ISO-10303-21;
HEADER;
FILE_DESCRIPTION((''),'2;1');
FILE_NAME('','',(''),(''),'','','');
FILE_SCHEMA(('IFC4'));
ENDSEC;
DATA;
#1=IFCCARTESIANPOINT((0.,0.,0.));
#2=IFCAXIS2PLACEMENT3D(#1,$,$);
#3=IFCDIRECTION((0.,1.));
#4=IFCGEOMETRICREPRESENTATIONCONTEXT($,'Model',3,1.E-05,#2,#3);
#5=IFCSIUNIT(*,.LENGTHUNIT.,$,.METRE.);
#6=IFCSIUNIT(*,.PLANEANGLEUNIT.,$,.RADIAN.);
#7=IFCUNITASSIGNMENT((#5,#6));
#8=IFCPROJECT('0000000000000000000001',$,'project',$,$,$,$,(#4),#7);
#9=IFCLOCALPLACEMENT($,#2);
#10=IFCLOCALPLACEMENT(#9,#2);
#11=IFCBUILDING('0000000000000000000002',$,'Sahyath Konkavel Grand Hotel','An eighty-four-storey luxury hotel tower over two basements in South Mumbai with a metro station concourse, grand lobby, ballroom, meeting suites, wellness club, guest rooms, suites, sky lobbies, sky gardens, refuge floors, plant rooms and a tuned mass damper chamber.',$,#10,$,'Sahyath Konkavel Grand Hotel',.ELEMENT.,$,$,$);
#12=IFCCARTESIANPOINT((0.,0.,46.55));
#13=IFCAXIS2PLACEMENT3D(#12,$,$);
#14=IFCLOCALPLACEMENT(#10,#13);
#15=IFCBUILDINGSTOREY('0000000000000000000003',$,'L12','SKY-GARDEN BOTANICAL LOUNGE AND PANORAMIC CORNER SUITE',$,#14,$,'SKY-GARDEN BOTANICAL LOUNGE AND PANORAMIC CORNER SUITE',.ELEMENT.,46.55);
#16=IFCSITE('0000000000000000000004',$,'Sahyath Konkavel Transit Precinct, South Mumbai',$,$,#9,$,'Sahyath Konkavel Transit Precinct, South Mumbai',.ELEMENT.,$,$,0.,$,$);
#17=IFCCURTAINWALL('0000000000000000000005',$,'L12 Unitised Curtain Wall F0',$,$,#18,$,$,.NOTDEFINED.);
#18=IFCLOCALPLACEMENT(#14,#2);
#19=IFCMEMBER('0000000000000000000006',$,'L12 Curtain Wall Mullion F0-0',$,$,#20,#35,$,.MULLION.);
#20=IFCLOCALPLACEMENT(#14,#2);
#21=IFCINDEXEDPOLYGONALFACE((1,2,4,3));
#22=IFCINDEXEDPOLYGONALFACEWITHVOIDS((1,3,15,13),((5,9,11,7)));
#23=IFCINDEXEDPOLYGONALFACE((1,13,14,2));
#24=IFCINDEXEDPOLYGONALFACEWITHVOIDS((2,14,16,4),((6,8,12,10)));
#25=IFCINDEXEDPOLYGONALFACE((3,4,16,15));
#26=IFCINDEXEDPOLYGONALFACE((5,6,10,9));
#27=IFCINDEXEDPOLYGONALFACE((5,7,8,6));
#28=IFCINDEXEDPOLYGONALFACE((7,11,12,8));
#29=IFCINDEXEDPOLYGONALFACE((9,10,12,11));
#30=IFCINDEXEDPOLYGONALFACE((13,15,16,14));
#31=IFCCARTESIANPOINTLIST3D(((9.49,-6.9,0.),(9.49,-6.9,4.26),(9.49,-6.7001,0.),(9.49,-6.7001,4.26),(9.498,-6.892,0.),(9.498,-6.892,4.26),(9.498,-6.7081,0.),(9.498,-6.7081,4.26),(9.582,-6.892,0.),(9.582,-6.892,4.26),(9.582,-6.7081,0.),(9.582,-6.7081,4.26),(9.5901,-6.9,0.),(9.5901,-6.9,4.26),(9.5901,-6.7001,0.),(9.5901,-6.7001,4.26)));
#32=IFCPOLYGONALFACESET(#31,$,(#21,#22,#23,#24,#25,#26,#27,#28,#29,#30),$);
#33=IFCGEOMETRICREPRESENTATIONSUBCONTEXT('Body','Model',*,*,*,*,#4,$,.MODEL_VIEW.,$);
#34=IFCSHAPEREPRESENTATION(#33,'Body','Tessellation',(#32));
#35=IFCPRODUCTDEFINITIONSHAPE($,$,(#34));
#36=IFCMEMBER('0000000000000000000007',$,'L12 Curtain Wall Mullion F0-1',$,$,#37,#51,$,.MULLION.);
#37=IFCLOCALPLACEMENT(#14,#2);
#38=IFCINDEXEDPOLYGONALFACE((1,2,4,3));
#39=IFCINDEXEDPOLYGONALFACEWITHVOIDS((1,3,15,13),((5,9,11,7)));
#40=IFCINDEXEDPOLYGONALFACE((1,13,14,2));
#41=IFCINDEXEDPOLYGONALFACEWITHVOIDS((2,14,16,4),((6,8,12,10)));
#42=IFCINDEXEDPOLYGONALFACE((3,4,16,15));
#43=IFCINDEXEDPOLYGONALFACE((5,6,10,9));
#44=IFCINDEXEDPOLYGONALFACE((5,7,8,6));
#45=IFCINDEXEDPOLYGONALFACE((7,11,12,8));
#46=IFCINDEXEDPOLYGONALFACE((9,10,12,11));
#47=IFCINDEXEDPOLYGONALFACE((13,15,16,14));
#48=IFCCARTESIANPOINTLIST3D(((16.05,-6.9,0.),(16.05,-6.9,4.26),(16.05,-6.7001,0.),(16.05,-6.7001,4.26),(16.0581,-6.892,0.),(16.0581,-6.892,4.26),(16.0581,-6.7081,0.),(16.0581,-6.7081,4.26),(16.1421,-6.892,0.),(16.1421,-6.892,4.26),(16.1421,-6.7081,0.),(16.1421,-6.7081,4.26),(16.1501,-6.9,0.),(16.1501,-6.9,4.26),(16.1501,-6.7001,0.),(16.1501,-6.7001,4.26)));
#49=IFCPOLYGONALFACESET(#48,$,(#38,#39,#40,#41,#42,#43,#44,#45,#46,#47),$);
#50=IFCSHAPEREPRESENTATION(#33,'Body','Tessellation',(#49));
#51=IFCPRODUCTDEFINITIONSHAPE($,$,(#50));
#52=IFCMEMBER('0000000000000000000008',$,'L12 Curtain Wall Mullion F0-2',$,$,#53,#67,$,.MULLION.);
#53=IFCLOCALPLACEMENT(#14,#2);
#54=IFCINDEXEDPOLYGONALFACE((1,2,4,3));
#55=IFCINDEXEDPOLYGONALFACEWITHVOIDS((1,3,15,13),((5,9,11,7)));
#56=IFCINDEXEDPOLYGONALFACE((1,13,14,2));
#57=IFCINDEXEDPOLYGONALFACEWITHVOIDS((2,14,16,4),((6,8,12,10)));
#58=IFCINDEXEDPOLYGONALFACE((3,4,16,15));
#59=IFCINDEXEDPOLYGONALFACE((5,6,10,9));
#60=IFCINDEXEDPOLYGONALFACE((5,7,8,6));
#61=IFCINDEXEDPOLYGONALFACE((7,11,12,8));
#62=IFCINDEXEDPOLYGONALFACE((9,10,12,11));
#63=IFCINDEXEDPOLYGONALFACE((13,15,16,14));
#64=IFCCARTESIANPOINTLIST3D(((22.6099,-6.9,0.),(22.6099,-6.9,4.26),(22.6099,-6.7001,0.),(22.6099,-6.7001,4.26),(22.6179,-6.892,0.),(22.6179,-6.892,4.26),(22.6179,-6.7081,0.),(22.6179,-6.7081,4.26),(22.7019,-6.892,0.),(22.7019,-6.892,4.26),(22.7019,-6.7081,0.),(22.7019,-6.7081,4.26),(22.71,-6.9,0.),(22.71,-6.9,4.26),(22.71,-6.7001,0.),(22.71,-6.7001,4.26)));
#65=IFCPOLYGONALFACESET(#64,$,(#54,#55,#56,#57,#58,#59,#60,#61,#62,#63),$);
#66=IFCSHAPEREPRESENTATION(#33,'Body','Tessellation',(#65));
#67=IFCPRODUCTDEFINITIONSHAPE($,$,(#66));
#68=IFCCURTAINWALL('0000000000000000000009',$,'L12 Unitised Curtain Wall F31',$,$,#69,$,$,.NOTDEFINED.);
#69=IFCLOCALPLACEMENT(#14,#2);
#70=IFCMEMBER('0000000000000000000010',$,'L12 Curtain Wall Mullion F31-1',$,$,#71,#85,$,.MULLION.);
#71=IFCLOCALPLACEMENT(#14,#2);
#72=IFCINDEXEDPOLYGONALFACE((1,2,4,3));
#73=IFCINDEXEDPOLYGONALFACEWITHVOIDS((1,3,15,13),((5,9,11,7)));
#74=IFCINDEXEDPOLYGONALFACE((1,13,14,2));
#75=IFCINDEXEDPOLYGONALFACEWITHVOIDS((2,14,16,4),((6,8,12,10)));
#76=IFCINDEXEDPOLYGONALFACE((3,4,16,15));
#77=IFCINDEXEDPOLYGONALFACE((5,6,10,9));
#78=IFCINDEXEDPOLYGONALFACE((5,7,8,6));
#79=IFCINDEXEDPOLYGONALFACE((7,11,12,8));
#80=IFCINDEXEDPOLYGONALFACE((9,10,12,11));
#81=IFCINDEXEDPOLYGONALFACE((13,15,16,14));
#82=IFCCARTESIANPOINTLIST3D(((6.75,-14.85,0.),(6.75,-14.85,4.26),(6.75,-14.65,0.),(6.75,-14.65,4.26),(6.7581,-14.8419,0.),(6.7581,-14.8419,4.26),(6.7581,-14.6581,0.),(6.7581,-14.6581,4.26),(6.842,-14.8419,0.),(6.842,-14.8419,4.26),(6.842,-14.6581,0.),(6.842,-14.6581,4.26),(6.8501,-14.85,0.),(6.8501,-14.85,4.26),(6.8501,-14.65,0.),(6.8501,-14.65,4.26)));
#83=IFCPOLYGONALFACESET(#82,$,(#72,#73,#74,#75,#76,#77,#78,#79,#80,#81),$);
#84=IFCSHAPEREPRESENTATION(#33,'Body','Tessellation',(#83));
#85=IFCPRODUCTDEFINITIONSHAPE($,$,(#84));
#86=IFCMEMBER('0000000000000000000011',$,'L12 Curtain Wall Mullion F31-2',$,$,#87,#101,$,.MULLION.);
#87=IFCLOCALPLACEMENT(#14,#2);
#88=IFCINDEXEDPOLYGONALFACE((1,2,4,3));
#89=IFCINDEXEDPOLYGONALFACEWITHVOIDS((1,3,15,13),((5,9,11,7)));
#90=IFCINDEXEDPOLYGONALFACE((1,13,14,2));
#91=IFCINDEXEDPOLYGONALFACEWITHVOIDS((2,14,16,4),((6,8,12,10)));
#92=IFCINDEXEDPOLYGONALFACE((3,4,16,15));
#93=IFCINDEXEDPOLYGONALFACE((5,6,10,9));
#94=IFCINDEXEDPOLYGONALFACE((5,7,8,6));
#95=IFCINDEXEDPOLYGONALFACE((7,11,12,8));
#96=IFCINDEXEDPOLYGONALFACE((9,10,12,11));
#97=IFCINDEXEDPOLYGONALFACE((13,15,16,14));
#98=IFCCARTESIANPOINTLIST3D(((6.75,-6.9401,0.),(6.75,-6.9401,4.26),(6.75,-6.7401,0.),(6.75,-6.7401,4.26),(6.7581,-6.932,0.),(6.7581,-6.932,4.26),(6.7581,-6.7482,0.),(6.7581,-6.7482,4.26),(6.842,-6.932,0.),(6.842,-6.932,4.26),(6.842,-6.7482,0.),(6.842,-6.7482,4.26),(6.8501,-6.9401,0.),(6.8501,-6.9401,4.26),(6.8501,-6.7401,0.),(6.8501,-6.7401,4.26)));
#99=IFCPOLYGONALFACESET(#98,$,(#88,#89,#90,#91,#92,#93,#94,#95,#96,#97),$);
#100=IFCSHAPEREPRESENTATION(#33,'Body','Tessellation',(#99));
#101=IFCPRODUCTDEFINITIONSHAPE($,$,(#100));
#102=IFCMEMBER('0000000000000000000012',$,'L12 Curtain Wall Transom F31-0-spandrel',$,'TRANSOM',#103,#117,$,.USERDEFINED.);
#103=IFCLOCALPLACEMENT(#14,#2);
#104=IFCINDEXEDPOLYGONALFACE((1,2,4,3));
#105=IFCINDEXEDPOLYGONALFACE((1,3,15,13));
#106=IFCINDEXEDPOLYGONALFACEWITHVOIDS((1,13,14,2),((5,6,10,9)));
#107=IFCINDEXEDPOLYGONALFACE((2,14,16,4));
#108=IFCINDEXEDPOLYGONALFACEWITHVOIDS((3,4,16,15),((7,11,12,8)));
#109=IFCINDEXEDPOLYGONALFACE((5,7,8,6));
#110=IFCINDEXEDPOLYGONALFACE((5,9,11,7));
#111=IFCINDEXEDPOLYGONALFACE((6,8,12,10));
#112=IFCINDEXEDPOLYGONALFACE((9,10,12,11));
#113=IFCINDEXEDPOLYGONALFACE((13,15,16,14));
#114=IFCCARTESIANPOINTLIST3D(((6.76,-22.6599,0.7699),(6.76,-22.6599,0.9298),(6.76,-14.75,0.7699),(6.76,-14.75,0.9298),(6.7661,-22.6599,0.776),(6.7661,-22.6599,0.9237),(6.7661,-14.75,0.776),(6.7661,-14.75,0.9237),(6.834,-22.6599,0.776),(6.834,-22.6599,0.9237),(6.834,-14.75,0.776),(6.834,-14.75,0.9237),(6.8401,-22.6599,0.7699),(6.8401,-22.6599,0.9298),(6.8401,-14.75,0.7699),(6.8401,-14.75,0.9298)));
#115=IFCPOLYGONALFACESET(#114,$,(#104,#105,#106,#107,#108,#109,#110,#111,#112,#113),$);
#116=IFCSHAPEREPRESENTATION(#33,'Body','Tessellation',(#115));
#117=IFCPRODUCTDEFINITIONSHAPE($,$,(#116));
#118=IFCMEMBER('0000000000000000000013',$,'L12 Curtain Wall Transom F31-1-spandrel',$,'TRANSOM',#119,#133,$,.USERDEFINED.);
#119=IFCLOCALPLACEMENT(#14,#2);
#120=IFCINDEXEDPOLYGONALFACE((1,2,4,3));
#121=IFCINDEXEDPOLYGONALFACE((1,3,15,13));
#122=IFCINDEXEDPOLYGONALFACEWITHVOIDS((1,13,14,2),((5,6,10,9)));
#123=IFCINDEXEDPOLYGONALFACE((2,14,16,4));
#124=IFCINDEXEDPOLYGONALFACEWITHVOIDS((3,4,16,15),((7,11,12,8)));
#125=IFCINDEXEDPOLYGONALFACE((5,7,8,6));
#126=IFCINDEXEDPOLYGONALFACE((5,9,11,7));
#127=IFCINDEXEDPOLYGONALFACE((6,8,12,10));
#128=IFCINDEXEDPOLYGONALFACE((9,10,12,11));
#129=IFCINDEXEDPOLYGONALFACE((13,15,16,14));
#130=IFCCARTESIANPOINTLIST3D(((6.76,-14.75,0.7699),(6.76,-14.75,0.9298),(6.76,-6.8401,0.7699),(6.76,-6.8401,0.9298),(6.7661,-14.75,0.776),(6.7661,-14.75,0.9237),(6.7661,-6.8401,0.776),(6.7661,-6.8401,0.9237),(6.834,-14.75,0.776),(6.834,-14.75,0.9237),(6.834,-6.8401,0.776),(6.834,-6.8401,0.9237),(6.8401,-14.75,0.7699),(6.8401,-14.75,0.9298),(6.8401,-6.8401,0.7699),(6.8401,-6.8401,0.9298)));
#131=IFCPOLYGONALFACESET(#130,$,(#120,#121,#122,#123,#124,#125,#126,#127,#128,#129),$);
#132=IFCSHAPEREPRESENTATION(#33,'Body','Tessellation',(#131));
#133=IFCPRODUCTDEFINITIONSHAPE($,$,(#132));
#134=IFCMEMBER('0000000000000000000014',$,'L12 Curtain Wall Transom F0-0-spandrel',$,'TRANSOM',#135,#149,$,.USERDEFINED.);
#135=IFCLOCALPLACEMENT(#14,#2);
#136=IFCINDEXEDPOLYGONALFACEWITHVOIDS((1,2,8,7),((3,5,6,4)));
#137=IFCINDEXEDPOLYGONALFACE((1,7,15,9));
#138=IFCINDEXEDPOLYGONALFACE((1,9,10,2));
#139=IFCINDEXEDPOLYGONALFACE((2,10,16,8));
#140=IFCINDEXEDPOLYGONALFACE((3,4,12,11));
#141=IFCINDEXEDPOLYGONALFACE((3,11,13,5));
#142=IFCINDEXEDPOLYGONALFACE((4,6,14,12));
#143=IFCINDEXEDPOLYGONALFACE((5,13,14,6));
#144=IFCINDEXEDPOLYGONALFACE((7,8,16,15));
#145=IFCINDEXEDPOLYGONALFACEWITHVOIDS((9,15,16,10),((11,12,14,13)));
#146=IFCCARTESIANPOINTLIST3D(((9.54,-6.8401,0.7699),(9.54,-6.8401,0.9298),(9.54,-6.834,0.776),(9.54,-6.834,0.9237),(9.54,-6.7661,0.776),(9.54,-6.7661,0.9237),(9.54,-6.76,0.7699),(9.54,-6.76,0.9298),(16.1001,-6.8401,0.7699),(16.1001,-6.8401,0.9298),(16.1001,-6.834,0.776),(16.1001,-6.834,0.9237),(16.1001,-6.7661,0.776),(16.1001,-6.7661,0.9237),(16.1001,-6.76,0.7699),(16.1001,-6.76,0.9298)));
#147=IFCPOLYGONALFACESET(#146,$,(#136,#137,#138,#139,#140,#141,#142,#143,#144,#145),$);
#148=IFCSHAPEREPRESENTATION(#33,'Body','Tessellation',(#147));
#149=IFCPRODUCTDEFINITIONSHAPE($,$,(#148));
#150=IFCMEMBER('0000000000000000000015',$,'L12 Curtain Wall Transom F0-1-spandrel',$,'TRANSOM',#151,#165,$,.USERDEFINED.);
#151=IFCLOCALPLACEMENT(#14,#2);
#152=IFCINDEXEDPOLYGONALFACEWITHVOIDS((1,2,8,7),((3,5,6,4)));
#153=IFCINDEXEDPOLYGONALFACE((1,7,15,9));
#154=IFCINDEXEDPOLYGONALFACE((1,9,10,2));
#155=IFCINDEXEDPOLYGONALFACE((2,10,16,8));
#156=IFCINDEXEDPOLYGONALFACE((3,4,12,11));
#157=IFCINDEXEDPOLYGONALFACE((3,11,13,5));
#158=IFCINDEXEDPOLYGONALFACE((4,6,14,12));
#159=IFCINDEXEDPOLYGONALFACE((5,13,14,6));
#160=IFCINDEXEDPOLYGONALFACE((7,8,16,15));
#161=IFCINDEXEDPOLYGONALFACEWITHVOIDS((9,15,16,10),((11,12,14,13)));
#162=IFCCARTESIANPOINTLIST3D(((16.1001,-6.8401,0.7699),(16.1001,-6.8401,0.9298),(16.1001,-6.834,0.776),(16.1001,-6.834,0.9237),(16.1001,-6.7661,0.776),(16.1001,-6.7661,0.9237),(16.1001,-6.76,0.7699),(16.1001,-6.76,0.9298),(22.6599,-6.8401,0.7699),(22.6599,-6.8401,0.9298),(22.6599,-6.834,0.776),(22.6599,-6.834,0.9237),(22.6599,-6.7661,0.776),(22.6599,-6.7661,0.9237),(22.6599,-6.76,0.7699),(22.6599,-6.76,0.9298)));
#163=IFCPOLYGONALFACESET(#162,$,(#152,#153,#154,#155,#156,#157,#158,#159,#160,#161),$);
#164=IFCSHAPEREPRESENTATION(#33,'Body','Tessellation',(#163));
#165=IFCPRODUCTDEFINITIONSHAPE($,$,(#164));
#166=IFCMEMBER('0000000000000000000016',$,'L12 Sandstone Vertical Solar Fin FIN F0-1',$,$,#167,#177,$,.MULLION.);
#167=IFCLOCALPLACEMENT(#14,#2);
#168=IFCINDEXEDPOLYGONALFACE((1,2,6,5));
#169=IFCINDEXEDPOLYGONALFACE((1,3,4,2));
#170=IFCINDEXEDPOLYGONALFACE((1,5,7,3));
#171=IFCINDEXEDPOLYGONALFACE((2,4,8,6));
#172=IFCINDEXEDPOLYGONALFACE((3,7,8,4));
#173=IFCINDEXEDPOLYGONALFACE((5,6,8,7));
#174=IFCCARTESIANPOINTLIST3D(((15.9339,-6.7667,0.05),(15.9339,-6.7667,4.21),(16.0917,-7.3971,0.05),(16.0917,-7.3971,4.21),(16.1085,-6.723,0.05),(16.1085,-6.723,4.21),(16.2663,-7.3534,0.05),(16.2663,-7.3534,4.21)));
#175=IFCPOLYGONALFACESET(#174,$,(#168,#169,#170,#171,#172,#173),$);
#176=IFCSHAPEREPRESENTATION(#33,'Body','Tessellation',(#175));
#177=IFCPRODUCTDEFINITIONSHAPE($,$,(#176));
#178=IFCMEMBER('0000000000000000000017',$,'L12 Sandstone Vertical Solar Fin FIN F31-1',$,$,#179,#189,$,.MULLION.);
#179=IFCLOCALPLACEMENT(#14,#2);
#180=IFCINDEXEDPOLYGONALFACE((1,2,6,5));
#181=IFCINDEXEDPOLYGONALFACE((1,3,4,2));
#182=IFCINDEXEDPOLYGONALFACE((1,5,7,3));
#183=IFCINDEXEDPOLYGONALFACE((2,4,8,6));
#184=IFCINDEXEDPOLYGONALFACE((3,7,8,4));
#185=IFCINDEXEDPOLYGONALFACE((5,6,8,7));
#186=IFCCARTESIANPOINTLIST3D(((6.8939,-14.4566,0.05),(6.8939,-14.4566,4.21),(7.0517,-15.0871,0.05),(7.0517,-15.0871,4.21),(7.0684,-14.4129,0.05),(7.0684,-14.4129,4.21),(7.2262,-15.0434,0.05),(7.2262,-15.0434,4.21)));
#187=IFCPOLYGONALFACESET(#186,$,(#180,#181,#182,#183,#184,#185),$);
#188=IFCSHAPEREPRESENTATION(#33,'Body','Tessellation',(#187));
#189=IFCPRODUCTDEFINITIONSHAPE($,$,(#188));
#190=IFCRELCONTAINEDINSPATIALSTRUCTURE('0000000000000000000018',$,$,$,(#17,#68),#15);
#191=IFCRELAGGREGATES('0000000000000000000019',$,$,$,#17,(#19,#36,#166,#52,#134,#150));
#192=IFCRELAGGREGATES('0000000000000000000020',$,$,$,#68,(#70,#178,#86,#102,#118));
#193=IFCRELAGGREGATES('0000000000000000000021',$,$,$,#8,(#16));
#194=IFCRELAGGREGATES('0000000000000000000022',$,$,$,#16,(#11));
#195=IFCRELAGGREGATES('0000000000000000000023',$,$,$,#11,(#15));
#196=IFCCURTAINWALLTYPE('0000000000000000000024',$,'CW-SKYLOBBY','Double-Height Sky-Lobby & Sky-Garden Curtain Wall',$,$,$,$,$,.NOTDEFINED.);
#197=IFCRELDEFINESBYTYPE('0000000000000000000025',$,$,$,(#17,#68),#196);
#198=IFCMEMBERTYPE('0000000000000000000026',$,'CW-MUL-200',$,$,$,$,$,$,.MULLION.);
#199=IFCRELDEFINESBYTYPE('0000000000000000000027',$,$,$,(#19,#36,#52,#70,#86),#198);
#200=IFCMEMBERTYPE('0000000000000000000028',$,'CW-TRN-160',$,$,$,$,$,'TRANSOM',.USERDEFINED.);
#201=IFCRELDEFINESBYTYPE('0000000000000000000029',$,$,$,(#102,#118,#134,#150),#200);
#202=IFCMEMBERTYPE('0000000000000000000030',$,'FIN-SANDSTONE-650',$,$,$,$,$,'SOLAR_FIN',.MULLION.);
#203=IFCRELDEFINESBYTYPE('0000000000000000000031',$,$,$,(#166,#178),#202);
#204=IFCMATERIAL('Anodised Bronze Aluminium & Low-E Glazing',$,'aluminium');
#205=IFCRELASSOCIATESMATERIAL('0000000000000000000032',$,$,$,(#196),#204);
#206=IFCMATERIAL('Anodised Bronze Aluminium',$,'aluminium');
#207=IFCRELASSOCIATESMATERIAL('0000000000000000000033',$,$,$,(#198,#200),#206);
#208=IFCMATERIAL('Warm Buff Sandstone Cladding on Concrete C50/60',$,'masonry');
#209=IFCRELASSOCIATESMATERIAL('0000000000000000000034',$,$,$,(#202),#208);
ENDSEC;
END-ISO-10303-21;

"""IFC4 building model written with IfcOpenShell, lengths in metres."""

from ifc_helpers import new_model, si_unit, direction, frame, origin, origin_2d, place, context, subcontext, project, spatial, rectangle, hollow_rectangle, extrude, source, transform, mapped, material, material_profile, profile_set, type_object, element, aggregate, save


model = new_model("IFC4")

# Units and contexts
model_context = context("Model", 3, precision=1e-05, world=origin(), true_north=direction((0.0, 1.0)))
body_context = subcontext(model_context, "Body", "Model", "MODEL_VIEW")
ifc_project = project(units=[si_unit("LENGTHUNIT", "METRE"), si_unit("PLANEANGLEUNIT", "RADIAN")], contexts=[model_context])

# Site, building, storey
site_placement = place(None, origin())
site = spatial("IfcSite", under=ifc_project, at=site_placement, Name="Sahyath Konkavel Transit Precinct, South Mumbai", LongName="Sahyath Konkavel Transit Precinct, South Mumbai", CompositionType="ELEMENT", RefElevation=0.0)
building_placement = place(site_placement, origin())
building = spatial("IfcBuilding", under=site, at=building_placement, Name="Sahyath Konkavel Grand Hotel", Description="An eighty-four-storey luxury hotel tower over two basements in South Mumbai with a metro station concourse, grand lobby, ballroom, meeting suites, wellness club, guest rooms, suites, sky lobbies, sky gardens, refuge floors, plant rooms and a tuned mass damper chamber.", LongName="Sahyath Konkavel Grand Hotel", CompositionType="ELEMENT")
storey_placement = place(building_placement, frame((0.0, 0.0, 46.55)))
storey = spatial("IfcBuildingStorey", under=building, at=storey_placement, Name="L12", Description="SKY-GARDEN BOTANICAL LOUNGE AND PANORAMIC CORNER SUITE", LongName="SKY-GARDEN BOTANICAL LOUNGE AND PANORAMIC CORNER SUITE", CompositionType="ELEMENT", Elevation=46.55)

# Curtain walls, members
ifc_material_1 = material(Name="Anodised Bronze Aluminium & Low-E Glazing", Category="aluminium")
curtain_wall_type = type_object("IfcCurtainWallType", Name="CW-SKYLOBBY", Description="Double-Height Sky-Lobby & Sky-Garden Curtain Wall", PredefinedType="NOTDEFINED", material=ifc_material_1)
curtain_wall_1_placement = place(storey_placement, origin())
curtain_wall_1 = element("IfcCurtainWall", 1, at=curtain_wall_1_placement, inside=storey, type_object=curtain_wall_type, Name="L12 Unitised Curtain Wall F0", PredefinedType="NOTDEFINED")
ifc_material_2 = material(Name="Anodised Bronze Aluminium", Category="aluminium")
ifc_material_profile_1 = material_profile(ifc_material_2, hollow_rectangle(XDim=0.1001, YDim=0.2, WallThickness=0.0081, at=origin_2d()), Name="RHS 200x100x8")
ifc_profile_set_1 = profile_set([ifc_material_profile_1], Name="Anodised Bronze Aluminium")
member_type_1 = type_object("IfcMemberType", Name="CW-MUL-200", PredefinedType="MULLION", material=ifc_profile_set_1)
shared_shape_1 = source(origin(), body_context, "Body", "SweptSolid", [
    extrude(hollow_rectangle(XDim=0.1001, YDim=0.2, WallThickness=0.0081, at=origin_2d()), origin(), (0.0, 0.0, 1.0), 4.26),
])
member_1_placement = place(storey_placement, frame((9.54, -6.8, 0.0), z_axis=(0.0, 0.0, 1.0), x_axis=(1.0, 0.0, 0.0)))
member_1 = element("IfcMember", 2, at=member_1_placement, type_object=member_type_1, Name="L12 Curtain Wall Mullion F0-0", PredefinedType="MULLION", context=body_context, shape_type="MappedRepresentation", body=[
    mapped(shared_shape_1, transform((0.0, 0.0, 0.0), scale=1.0)),
])
member_2_placement = place(storey_placement, frame((16.1001, -6.8, 0.0), z_axis=(0.0, 0.0, 1.0), x_axis=(1.0, 0.0, 0.0)))
member_2 = element("IfcMember", 3, at=member_2_placement, type_object=member_type_1, Name="L12 Curtain Wall Mullion F0-1", PredefinedType="MULLION", context=body_context, shape_type="MappedRepresentation", body=[
    mapped(shared_shape_1, transform((0.0, 0.0, 0.0), scale=1.0)),
])
member_3_placement = place(storey_placement, frame((22.6599, -6.8, 0.0), z_axis=(0.0, 0.0, 1.0), x_axis=(1.0, 0.0, 0.0)))
member_3 = element("IfcMember", 4, at=member_3_placement, type_object=member_type_1, Name="L12 Curtain Wall Mullion F0-2", PredefinedType="MULLION", context=body_context, shape_type="MappedRepresentation", body=[
    mapped(shared_shape_1, transform((0.0, 0.0, 0.0), scale=1.0)),
])
curtain_wall_2_placement = place(storey_placement, origin())
curtain_wall_2 = element("IfcCurtainWall", 5, at=curtain_wall_2_placement, inside=storey, type_object=curtain_wall_type, Name="L12 Unitised Curtain Wall F31", PredefinedType="NOTDEFINED")
member_4_placement = place(storey_placement, frame((6.8, -14.75, 0.0), z_axis=(0.0, 0.0, 1.0), x_axis=(1.0, 0.0, 0.0)))
member_4 = element("IfcMember", 6, at=member_4_placement, type_object=member_type_1, Name="L12 Curtain Wall Mullion F31-1", PredefinedType="MULLION", context=body_context, shape_type="MappedRepresentation", body=[
    mapped(shared_shape_1, transform((0.0, 0.0, 0.0), scale=1.0)),
])
member_5_placement = place(storey_placement, frame((6.8, -6.8401, 0.0), z_axis=(0.0, 0.0, 1.0), x_axis=(1.0, 0.0, 0.0)))
member_5 = element("IfcMember", 7, at=member_5_placement, type_object=member_type_1, Name="L12 Curtain Wall Mullion F31-2", PredefinedType="MULLION", context=body_context, shape_type="MappedRepresentation", body=[
    mapped(shared_shape_1, transform((0.0, 0.0, 0.0), scale=1.0)),
])
ifc_material_profile_2 = material_profile(ifc_material_2, hollow_rectangle(XDim=0.0801, YDim=0.1599, WallThickness=0.0061, at=origin_2d()), Name="RHS 160x80x6")
ifc_profile_set_2 = profile_set([ifc_material_profile_2], Name="Anodised Bronze Aluminium")
member_type_2 = type_object("IfcMemberType", Name="CW-TRN-160", ElementType="TRANSOM", PredefinedType="USERDEFINED", material=ifc_profile_set_2)
shared_shape_2 = source(origin(), body_context, "Body", "SweptSolid", [
    extrude(hollow_rectangle(XDim=0.0801, YDim=0.1599, WallThickness=0.0061, at=origin_2d()), origin(), (0.0, 0.0, 1.0), 7.9099),
])
member_6_placement = place(storey_placement, frame((6.8, -22.6599, 0.8499), z_axis=(0.0, 1.0, 0.0), x_axis=(-1.0, 0.0, 0.0)))
member_6 = element("IfcMember", 8, at=member_6_placement, type_object=member_type_2, Name="L12 Curtain Wall Transom F31-0-spandrel", ObjectType="TRANSOM", PredefinedType="USERDEFINED", context=body_context, shape_type="MappedRepresentation", body=[
    mapped(shared_shape_2, transform((0.0, 0.0, 0.0), scale=1.0)),
])
member_7_placement = place(storey_placement, frame((6.8, -14.75, 0.8499), z_axis=(0.0, 1.0, 0.0), x_axis=(-1.0, 0.0, 0.0)))
member_7 = element("IfcMember", 9, at=member_7_placement, type_object=member_type_2, Name="L12 Curtain Wall Transom F31-1-spandrel", ObjectType="TRANSOM", PredefinedType="USERDEFINED", context=body_context, shape_type="MappedRepresentation", body=[
    mapped(shared_shape_2, transform((0.0, 0.0, 0.0), scale=1.0)),
])

# Members
shared_shape_3 = source(origin(), body_context, "Body", "SweptSolid", [
    extrude(hollow_rectangle(XDim=0.0801, YDim=0.1599, WallThickness=0.0061, at=origin_2d()), origin(), (0.0, 0.0, 1.0), 6.5601),
])
member_8_placement = place(storey_placement, frame((9.54, -6.8, 0.8499), z_axis=(1.0, 0.0, 0.0), x_axis=(0.0, 1.0, 0.0)))
member_8 = element("IfcMember", 10, at=member_8_placement, type_object=member_type_2, Name="L12 Curtain Wall Transom F0-0-spandrel", ObjectType="TRANSOM", PredefinedType="USERDEFINED", context=body_context, shape_type="MappedRepresentation", body=[
    mapped(shared_shape_3, transform((0.0, 0.0, 0.0), scale=1.0)),
])
shared_shape_4 = source(origin(), body_context, "Body", "SweptSolid", [
    extrude(hollow_rectangle(XDim=0.0801, YDim=0.1599, WallThickness=0.0061, at=origin_2d()), origin(), (0.0, 0.0, 1.0), 6.5598),
])
member_9_placement = place(storey_placement, frame((16.1001, -6.8, 0.8499), z_axis=(1.0, 0.0, 0.0), x_axis=(0.0, 1.0, 0.0)))
member_9 = element("IfcMember", 11, at=member_9_placement, type_object=member_type_2, Name="L12 Curtain Wall Transom F0-1-spandrel", ObjectType="TRANSOM", PredefinedType="USERDEFINED", context=body_context, shape_type="MappedRepresentation", body=[
    mapped(shared_shape_4, transform((0.0, 0.0, 0.0), scale=1.0)),
])
ifc_material_3 = material(Name="Warm Buff Sandstone Cladding on Concrete C50/60", Category="masonry")
ifc_material_profile_3 = material_profile(ifc_material_3, rectangle(XDim=0.1799, YDim=0.6499, at=origin_2d()), Name="FIN 180x650")
ifc_profile_set_3 = profile_set([ifc_material_profile_3], Name="Warm Buff Sandstone Cladding on Concrete C50/60")
member_type_3 = type_object("IfcMemberType", Name="FIN-SANDSTONE-650", ElementType="SOLAR_FIN", PredefinedType="MULLION", material=ifc_profile_set_3)
shared_shape_5 = source(origin(), body_context, "Body", "SweptSolid", [
    extrude(rectangle(XDim=0.1799, YDim=0.6499, at=origin_2d()), origin(), (0.0, 0.0, 1.0), 4.1599),
])
member_10_placement = place(storey_placement, frame((16.1001, -7.0601, 0.05), z_axis=(0.0, 0.0, 1.0), x_axis=(0.970084, 0.242769, 0.0)))
member_10 = element("IfcMember", 12, at=member_10_placement, type_object=member_type_3, Name="L12 Sandstone Vertical Solar Fin FIN F0-1", PredefinedType="MULLION", context=body_context, shape_type="MappedRepresentation", body=[
    mapped(shared_shape_5, transform((0.0, 0.0, 0.0), scale=1.0)),
])
member_11_placement = place(storey_placement, frame((7.0601, -14.75, 0.05), z_axis=(0.0, 0.0, 1.0), x_axis=(0.970084, 0.242769, 0.0)))
member_11 = element("IfcMember", 13, at=member_11_placement, type_object=member_type_3, Name="L12 Sandstone Vertical Solar Fin FIN F31-1", PredefinedType="MULLION", context=body_context, shape_type="MappedRepresentation", body=[
    mapped(shared_shape_5, transform((0.0, 0.0, 0.0), scale=1.0)),
])

aggregate(curtain_wall_1, [member_1, member_2, member_10, member_3, member_8, member_9])
aggregate(curtain_wall_2, [member_4, member_11, member_5, member_6, member_7])

save(model, "model.ifc")
